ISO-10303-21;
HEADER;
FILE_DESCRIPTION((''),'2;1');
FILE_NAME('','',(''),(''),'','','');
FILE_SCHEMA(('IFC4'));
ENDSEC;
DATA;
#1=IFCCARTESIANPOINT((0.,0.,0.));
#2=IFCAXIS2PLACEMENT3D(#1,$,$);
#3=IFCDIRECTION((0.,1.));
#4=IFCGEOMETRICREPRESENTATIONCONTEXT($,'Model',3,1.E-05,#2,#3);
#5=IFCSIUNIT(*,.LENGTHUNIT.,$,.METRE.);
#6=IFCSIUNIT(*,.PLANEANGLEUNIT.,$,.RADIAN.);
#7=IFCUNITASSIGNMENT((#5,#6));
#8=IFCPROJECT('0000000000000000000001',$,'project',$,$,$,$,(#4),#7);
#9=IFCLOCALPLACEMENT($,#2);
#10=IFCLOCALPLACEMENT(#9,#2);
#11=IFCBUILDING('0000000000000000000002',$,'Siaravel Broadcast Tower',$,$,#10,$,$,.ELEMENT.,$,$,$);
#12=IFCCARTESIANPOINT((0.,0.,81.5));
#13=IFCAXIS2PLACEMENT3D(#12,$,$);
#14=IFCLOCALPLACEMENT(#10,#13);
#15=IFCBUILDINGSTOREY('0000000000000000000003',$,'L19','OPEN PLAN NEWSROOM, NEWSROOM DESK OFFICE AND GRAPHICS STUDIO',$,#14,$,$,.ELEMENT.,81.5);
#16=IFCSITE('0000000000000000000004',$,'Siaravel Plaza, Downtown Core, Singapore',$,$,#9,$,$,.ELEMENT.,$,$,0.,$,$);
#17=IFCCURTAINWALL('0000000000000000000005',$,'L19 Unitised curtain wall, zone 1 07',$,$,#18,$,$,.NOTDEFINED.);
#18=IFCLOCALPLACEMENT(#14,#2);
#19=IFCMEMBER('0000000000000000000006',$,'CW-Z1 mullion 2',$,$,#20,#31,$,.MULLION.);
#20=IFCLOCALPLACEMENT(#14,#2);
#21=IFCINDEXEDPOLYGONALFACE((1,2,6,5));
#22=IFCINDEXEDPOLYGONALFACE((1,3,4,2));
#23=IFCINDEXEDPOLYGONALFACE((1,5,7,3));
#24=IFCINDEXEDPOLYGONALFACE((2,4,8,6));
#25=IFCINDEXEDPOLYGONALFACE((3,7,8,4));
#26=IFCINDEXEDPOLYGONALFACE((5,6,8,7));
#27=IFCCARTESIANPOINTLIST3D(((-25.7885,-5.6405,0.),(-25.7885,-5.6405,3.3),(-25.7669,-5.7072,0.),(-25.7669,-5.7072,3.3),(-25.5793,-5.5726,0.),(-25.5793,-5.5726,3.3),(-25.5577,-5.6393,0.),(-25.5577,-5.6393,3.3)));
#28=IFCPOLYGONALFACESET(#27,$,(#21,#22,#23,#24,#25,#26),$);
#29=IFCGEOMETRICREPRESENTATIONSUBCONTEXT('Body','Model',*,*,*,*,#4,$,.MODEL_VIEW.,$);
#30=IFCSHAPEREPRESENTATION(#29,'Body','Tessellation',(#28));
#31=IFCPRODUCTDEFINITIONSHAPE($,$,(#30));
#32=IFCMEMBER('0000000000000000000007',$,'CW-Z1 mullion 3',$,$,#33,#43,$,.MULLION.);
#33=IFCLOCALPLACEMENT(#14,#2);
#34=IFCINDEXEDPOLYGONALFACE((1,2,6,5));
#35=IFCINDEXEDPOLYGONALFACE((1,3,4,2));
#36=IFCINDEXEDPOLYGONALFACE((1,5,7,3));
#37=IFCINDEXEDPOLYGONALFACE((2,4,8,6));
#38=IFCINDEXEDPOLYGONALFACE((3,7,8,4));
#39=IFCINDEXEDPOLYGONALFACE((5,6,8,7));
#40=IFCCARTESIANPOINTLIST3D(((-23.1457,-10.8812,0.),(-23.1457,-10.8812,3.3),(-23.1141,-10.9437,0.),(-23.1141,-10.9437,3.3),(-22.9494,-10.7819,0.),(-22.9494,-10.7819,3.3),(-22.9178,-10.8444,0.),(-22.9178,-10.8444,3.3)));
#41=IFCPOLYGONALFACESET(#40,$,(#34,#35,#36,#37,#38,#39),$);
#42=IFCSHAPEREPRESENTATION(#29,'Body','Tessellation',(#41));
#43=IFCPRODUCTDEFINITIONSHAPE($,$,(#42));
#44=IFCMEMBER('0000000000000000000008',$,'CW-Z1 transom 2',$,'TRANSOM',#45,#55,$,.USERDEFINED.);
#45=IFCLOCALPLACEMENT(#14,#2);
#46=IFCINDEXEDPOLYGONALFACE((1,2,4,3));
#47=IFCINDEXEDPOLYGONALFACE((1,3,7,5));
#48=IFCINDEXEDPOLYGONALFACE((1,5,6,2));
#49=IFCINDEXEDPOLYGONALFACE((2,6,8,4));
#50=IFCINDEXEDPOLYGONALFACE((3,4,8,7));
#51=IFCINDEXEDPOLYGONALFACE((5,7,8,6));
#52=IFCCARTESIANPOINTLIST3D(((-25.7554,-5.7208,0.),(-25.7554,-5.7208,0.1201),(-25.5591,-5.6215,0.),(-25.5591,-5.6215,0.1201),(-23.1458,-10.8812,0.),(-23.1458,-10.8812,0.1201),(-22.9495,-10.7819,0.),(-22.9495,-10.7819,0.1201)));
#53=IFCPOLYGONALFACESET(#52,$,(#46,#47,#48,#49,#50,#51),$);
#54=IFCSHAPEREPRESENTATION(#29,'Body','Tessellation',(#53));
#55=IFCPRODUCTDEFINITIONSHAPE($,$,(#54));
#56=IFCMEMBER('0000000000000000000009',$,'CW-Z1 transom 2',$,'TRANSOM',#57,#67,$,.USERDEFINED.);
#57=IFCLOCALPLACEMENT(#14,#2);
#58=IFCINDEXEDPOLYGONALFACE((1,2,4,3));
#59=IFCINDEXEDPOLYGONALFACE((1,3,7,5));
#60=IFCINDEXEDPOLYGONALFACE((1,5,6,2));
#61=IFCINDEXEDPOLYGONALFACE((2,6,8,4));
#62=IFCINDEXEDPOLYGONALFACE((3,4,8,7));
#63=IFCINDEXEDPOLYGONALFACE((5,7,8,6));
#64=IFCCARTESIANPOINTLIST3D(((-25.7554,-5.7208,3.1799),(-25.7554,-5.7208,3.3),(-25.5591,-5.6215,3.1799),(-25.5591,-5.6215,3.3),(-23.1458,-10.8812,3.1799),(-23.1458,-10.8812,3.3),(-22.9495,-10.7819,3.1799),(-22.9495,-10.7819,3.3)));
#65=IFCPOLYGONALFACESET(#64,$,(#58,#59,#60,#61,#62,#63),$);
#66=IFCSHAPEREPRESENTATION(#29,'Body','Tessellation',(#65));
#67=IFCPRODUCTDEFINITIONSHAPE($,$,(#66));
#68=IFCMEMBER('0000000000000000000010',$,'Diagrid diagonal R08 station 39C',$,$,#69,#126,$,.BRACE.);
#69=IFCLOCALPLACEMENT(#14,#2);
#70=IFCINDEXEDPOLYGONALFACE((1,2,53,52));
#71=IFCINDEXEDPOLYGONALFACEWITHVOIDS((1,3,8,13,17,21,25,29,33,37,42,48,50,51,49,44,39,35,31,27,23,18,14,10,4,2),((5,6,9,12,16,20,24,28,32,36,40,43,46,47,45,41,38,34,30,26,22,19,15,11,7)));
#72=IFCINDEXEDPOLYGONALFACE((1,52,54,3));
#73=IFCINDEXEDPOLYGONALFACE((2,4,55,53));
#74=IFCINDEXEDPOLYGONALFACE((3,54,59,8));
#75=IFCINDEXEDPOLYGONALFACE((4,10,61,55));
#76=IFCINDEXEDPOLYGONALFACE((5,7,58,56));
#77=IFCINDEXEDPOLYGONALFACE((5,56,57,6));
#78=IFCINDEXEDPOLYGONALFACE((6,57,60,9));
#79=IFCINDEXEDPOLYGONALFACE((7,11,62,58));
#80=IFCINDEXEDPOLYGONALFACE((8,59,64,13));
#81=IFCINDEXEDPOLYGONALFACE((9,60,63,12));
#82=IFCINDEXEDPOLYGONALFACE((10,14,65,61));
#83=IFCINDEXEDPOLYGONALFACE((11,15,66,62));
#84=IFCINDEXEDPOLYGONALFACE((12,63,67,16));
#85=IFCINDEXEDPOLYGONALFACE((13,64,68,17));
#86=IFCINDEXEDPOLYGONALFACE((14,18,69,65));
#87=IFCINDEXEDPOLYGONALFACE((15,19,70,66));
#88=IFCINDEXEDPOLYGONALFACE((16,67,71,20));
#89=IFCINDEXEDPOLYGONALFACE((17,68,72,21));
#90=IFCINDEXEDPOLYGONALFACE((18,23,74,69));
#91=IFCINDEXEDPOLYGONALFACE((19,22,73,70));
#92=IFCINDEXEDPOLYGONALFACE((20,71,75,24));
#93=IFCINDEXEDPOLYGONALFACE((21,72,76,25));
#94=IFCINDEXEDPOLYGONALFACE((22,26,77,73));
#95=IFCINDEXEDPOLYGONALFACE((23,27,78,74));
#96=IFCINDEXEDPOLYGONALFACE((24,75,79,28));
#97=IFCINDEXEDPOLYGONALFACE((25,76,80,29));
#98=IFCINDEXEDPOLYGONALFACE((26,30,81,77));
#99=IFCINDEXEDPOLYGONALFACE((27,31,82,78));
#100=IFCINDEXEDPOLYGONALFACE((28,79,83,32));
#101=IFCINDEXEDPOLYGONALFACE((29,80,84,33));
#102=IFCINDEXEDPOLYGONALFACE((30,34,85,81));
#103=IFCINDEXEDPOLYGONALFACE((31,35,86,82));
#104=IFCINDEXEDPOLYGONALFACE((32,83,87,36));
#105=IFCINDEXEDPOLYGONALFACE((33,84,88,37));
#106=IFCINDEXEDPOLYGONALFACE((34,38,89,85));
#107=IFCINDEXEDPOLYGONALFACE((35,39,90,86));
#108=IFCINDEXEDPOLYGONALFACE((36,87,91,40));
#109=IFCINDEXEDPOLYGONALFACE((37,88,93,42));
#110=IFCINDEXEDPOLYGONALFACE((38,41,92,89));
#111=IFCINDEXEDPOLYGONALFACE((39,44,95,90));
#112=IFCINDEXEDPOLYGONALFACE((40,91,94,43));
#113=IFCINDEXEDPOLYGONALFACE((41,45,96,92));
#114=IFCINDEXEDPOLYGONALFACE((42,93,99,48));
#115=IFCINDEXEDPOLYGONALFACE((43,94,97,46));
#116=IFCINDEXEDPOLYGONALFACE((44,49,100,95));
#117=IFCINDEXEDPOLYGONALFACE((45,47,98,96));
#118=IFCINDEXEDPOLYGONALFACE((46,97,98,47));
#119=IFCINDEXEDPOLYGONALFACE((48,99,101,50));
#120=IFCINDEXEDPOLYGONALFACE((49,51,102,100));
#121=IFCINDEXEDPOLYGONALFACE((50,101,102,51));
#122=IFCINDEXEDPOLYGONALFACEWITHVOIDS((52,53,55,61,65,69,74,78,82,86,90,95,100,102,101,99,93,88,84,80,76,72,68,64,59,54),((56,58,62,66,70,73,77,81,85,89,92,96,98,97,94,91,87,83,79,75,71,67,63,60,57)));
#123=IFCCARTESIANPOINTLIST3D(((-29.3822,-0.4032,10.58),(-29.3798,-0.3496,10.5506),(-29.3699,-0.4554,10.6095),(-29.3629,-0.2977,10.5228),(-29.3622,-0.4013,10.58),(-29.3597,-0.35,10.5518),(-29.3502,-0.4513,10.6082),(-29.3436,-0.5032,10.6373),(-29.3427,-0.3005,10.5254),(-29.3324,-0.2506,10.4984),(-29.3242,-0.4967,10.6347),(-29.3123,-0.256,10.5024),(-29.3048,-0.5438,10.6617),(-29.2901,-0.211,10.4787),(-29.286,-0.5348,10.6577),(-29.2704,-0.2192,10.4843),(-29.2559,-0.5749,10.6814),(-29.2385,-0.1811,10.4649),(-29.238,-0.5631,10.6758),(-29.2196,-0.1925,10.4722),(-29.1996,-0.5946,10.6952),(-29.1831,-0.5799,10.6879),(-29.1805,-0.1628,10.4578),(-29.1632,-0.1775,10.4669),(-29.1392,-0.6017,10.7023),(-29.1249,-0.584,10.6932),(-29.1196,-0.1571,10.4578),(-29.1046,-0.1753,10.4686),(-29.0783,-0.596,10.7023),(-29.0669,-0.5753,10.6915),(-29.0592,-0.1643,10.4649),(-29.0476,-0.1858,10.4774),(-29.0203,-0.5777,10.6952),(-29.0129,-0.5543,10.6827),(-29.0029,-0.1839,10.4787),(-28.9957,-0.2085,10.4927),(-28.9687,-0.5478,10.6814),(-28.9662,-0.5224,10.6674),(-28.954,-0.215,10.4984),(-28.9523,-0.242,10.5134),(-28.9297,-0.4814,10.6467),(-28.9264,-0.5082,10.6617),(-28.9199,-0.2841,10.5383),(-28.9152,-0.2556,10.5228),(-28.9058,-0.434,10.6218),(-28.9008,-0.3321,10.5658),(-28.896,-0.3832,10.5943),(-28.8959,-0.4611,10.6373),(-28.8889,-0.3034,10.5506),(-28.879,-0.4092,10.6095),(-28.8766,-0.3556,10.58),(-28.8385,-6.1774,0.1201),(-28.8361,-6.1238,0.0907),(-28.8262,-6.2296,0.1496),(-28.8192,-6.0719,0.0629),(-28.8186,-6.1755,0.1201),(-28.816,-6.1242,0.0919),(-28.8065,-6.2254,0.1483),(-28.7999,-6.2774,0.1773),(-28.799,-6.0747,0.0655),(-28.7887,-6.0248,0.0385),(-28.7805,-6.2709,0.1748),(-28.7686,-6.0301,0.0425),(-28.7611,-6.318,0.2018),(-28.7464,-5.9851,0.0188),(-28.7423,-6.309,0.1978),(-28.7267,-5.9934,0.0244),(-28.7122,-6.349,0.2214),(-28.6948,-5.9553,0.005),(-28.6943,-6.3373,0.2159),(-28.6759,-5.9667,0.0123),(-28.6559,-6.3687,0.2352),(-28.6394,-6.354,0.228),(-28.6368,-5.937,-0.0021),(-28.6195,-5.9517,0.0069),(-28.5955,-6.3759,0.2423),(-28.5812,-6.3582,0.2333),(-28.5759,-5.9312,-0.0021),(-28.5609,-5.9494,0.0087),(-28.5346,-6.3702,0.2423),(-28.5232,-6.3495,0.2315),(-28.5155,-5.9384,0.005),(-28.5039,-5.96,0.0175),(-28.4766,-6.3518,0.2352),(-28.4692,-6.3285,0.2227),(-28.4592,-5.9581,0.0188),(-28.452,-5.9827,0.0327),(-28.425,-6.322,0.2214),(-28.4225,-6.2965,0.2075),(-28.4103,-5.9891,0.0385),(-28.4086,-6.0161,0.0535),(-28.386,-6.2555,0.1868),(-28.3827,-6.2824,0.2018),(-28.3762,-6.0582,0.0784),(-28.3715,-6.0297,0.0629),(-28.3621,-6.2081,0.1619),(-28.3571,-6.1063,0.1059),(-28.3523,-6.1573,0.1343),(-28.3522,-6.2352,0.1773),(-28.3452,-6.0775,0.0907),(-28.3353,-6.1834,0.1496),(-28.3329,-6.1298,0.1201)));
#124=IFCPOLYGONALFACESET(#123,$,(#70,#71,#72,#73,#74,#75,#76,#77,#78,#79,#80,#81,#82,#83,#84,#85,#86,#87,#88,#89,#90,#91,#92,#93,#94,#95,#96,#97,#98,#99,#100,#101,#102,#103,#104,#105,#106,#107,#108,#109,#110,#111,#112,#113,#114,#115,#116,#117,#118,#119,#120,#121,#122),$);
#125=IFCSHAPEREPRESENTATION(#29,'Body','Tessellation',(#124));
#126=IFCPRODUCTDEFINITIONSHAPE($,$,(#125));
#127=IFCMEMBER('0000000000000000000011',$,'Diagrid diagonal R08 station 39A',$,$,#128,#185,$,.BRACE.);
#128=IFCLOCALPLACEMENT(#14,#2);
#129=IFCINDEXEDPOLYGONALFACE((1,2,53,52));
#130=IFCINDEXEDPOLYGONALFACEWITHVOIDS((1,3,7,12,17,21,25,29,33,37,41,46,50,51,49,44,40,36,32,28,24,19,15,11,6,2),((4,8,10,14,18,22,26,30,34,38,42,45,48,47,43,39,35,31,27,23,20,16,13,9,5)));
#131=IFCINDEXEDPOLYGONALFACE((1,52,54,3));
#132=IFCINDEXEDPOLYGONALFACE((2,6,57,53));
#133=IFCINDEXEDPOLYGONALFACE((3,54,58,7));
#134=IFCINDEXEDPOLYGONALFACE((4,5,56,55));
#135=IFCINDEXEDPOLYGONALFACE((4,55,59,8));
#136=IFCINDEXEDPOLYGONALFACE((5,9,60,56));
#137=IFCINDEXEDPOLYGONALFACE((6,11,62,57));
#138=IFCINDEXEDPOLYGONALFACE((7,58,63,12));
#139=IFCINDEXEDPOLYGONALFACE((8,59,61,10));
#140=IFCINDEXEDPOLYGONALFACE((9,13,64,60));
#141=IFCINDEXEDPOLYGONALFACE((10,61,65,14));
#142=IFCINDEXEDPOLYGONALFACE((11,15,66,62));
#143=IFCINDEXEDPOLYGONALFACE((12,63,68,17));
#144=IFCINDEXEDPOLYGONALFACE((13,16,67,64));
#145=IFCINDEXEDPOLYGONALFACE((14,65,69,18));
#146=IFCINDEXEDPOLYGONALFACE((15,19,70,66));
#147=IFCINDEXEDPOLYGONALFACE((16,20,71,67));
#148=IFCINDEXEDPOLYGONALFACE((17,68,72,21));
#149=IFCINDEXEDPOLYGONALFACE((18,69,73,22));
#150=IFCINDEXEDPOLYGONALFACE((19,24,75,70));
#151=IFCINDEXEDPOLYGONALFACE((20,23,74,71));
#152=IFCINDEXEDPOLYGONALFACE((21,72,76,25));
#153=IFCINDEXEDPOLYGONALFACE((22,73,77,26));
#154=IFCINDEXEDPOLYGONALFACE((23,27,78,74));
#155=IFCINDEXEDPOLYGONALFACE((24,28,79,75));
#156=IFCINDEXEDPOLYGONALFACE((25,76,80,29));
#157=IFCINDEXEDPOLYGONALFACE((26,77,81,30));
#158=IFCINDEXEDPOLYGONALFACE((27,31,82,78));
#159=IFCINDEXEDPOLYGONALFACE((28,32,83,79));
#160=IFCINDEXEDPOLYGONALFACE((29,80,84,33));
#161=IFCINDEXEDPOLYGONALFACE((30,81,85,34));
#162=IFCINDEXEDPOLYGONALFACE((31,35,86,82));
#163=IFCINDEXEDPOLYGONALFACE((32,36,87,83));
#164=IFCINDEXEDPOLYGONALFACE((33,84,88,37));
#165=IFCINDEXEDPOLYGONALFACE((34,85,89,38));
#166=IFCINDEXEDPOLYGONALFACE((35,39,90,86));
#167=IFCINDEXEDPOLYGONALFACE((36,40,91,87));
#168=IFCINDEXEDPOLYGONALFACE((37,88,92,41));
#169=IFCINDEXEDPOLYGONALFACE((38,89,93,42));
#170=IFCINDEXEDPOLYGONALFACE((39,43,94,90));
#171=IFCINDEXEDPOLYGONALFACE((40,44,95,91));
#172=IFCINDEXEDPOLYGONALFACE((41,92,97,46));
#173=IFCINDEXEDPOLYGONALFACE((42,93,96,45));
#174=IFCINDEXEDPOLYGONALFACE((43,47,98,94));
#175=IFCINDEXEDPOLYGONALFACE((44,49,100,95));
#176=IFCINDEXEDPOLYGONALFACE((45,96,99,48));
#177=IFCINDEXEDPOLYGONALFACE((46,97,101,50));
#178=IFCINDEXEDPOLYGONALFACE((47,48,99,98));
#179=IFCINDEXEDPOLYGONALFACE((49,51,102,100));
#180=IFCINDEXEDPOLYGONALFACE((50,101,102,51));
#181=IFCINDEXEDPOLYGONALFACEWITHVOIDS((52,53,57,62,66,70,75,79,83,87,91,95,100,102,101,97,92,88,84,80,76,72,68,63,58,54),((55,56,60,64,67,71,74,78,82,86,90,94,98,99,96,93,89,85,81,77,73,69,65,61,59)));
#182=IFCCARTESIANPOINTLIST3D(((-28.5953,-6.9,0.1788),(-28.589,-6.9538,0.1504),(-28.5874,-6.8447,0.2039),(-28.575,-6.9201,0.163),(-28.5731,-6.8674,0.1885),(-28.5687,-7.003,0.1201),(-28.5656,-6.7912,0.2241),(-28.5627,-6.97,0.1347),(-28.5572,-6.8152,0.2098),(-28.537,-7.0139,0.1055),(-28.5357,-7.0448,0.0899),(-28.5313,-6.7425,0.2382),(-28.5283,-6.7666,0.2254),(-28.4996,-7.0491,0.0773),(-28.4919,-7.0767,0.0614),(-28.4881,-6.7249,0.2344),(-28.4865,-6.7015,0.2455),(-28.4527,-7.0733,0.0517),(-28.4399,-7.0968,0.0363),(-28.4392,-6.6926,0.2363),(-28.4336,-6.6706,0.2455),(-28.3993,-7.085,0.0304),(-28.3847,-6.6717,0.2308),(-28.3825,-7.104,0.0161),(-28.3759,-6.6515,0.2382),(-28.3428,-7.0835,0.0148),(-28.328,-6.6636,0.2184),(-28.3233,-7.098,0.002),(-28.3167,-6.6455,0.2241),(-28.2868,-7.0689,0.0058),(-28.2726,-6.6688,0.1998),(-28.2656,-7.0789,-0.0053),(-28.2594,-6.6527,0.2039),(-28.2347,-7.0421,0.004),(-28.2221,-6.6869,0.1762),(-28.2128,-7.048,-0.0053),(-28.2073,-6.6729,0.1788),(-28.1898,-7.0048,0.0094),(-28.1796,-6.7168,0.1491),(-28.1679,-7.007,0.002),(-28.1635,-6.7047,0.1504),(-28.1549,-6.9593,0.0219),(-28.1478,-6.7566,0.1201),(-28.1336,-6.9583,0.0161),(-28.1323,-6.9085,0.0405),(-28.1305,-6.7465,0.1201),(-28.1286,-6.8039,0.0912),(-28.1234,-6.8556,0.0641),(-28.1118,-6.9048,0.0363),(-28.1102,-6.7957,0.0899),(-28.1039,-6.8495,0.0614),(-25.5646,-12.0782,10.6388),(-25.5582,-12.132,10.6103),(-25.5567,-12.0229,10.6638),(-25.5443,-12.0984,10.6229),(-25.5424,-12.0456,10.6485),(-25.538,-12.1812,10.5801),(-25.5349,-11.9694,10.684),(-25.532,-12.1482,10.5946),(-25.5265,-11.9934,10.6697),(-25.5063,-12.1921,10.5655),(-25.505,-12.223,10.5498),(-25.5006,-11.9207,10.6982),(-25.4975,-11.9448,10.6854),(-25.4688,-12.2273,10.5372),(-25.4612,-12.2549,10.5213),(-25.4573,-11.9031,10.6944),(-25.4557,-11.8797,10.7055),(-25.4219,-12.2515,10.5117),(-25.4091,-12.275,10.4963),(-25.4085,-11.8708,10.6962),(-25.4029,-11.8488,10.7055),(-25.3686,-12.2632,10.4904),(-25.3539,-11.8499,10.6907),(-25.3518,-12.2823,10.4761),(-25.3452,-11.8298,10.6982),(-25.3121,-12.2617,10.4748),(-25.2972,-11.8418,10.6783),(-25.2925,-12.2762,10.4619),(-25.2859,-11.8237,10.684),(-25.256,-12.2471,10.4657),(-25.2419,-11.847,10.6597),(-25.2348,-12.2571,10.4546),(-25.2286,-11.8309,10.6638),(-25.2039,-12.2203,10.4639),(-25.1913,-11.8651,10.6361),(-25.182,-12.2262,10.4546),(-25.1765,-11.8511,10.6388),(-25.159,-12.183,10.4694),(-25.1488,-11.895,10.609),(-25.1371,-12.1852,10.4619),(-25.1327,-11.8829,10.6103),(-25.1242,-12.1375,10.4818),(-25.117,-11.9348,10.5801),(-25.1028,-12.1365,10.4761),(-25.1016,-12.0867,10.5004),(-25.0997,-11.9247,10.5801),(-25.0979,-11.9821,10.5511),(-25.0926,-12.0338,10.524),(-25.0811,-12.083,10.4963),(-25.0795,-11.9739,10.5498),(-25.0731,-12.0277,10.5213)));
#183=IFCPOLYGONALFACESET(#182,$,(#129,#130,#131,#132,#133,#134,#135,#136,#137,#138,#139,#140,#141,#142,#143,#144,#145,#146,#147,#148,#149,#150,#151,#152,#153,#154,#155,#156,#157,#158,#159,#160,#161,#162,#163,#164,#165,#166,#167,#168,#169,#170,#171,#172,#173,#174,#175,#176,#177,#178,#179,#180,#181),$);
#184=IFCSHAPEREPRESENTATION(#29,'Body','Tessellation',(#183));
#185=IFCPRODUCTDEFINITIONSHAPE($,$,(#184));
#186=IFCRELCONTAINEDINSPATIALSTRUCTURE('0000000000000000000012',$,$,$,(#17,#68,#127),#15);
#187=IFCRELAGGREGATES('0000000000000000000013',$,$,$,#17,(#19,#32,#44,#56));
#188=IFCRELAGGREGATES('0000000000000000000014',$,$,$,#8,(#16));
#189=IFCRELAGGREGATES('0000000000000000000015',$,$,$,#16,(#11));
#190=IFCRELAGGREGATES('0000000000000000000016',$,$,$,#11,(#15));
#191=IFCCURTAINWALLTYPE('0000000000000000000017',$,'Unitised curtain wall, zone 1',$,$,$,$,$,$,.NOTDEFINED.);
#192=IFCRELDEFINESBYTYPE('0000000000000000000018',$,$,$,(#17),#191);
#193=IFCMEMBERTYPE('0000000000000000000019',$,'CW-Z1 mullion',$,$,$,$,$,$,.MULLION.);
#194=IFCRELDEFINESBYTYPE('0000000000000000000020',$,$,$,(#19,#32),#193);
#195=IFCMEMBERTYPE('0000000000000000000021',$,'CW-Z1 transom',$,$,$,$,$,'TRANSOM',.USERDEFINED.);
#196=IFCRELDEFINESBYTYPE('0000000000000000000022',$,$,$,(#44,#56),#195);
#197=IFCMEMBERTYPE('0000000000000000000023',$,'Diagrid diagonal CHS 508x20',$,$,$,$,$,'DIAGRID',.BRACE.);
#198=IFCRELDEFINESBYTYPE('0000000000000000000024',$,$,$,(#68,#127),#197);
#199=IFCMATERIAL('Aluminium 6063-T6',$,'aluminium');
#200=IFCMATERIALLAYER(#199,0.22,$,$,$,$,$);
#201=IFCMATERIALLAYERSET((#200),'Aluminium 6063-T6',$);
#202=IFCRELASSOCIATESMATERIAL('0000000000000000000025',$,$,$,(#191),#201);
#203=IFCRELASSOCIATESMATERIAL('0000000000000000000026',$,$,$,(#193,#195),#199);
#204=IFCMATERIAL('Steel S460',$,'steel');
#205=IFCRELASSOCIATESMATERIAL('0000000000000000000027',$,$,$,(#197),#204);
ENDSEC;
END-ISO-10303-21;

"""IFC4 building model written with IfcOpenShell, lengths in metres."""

from ifc_helpers import new_model, si_unit, direction, frame, origin, origin_2d, place, context, subcontext, project, spatial, rectangle, hollow_circle, extrude, material, layer, layer_set, material_profile, profile_set, type_object, element, aggregate, save


model = new_model("IFC4")

# Units and contexts
model_context = context("Model", 3, precision=1e-05, world=origin(), true_north=direction((0.0, 1.0)))
body_context = subcontext(model_context, "Body", "Model", "MODEL_VIEW")
ifc_project = project(units=[si_unit("LENGTHUNIT", "METRE"), si_unit("PLANEANGLEUNIT", "RADIAN")], contexts=[model_context])

# Site, building, storey
site_placement = place(None, origin())
site = spatial("IfcSite", under=ifc_project, at=site_placement, Name="Siaravel Plaza, Downtown Core, Singapore", CompositionType="ELEMENT", RefElevation=0.0)
building_placement = place(site_placement, origin())
building = spatial("IfcBuilding", under=site, at=building_placement, Name="Siaravel Broadcast Tower", CompositionType="ELEMENT")
storey_placement = place(building_placement, frame((0.0, 0.0, 81.5)))
storey = spatial("IfcBuildingStorey", under=building, at=storey_placement, Name="L19", Description="OPEN PLAN NEWSROOM, NEWSROOM DESK OFFICE AND GRAPHICS STUDIO", CompositionType="ELEMENT", Elevation=81.5)

# Curtain wall, members
ifc_material_1 = material(Name="Aluminium 6063-T6", Category="aluminium")
ifc_layer_1 = layer(ifc_material_1, 0.22)
ifc_layer_set_1 = layer_set([ifc_layer_1], Name="Aluminium 6063-T6")
curtain_wall_type = type_object("IfcCurtainWallType", Name="Unitised curtain wall, zone 1", PredefinedType="NOTDEFINED", material=ifc_layer_set_1)
curtain_wall_placement = place(storey_placement, origin())
curtain_wall = element("IfcCurtainWall", 1, at=curtain_wall_placement, inside=storey, type_object=curtain_wall_type, Name="L19 Unitised curtain wall, zone 1 07", PredefinedType="NOTDEFINED")
ifc_material_profile_1 = material_profile(ifc_material_1, rectangle(XDim=0.22, YDim=0.0701, at=origin_2d()))
ifc_profile_set_1 = profile_set([ifc_material_profile_1], Name="Aluminium 6063-T6")
member_type_1 = type_object("IfcMemberType", Name="CW-Z1 mullion", PredefinedType="MULLION", material=ifc_profile_set_1)
member_1_placement = place(storey_placement, frame((-25.6731, -5.6399, 0.0), z_axis=(0.0, 0.0, 1.0), x_axis=(0.951177, 0.308645, 0.0)))
member_1 = element("IfcMember", 2, at=member_1_placement, type_object=member_type_1, Name="CW-Z1 mullion 2", PredefinedType="MULLION", context=body_context, shape_type="SweptSolid", body=[
    extrude(rectangle(XDim=0.22, YDim=0.0701, at=origin_2d()), origin(), (0.0, 0.0, 1.0), 3.3),
])
member_2_placement = place(storey_placement, frame((-23.0317, -10.8628, 0.0), z_axis=(0.0, 0.0, 1.0), x_axis=(0.892392, 0.451261, 0.0)))
member_2 = element("IfcMember", 3, at=member_2_placement, type_object=member_type_1, Name="CW-Z1 mullion 3", PredefinedType="MULLION", context=body_context, shape_type="SweptSolid", body=[
    extrude(rectangle(XDim=0.22, YDim=0.0701, at=origin_2d()), origin(), (0.0, 0.0, 1.0), 3.3),
])
ifc_material_profile_2 = material_profile(ifc_material_1, rectangle(XDim=0.22, YDim=0.1201, at=origin_2d()))
ifc_profile_set_2 = profile_set([ifc_material_profile_2], Name="Aluminium 6063-T6")
member_type_2 = type_object("IfcMemberType", Name="CW-Z1 transom", ElementType="TRANSOM", PredefinedType="USERDEFINED", material=ifc_profile_set_2)
member_3_placement = place(storey_placement, frame((-25.6572, -5.6711, 0.0601), z_axis=(0.451279, -0.892383, 0.0), x_axis=(0.892383, 0.451279, 0.0)))
member_3 = element("IfcMember", 4, at=member_3_placement, type_object=member_type_2, Name="CW-Z1 transom 2", ObjectType="TRANSOM", PredefinedType="USERDEFINED", context=body_context, shape_type="SweptSolid", body=[
    extrude(rectangle(XDim=0.22, YDim=0.1201, at=origin_2d()), origin(), (0.0, 0.0, 1.0), 5.7827),
])
member_4_placement = place(storey_placement, frame((-25.6572, -5.6711, 3.24), z_axis=(0.451279, -0.892383, 0.0), x_axis=(0.892383, 0.451279, 0.0)))
member_4 = element("IfcMember", 5, at=member_4_placement, type_object=member_type_2, Name="CW-Z1 transom 2", ObjectType="TRANSOM", PredefinedType="USERDEFINED", context=body_context, shape_type="SweptSolid", body=[
    extrude(rectangle(XDim=0.22, YDim=0.1201, at=origin_2d()), origin(), (0.0, 0.0, 1.0), 5.7827),
])

# Members
ifc_material_2 = material(Name="Steel S460", Category="steel")
ifc_material_profile_3 = material_profile(ifc_material_2, hollow_circle(Radius=0.2539, WallThickness=0.02, at=origin_2d()))
ifc_profile_set_3 = profile_set([ifc_material_profile_3], Name="Steel S460")
member_type_3 = type_object("IfcMemberType", Name="Diagrid diagonal CHS 508x20", ElementType="DIAGRID", PredefinedType="BRACE", material=ifc_profile_set_3)
member_5_placement = place(storey_placement, frame((-28.5857, -6.1536, 0.1201), z_axis=(-0.045459, 0.48278, 0.874561), x_axis=(-0.995596, -0.093746, 0.0)))
element("IfcMember", 6, at=member_5_placement, inside=storey, type_object=member_type_3, Name="Diagrid diagonal R08 station 39C", PredefinedType="BRACE", context=body_context, shape_type="SweptSolid", body=[
    extrude(hollow_circle(Radius=0.2539, WallThickness=0.02, at=origin_2d()), origin(), (0.0, 0.0, 1.0), 11.9602),
])
member_6_placement = place(storey_placement, frame((-28.3496, -6.8748, 0.1201), z_axis=(0.251336, -0.429421, 0.867426), x_axis=(0.863043, 0.50513, 0.0)))
element("IfcMember", 7, at=member_6_placement, inside=storey, type_object=member_type_3, Name="Diagrid diagonal R08 station 39A", PredefinedType="BRACE", context=body_context, shape_type="SweptSolid", body=[
    extrude(hollow_circle(Radius=0.2539, WallThickness=0.02, at=origin_2d()), origin(), (0.0, 0.0, 1.0), 12.0586),
])

aggregate(curtain_wall, [member_1, member_2, member_3, member_4])

save(model, "model.ifc")
